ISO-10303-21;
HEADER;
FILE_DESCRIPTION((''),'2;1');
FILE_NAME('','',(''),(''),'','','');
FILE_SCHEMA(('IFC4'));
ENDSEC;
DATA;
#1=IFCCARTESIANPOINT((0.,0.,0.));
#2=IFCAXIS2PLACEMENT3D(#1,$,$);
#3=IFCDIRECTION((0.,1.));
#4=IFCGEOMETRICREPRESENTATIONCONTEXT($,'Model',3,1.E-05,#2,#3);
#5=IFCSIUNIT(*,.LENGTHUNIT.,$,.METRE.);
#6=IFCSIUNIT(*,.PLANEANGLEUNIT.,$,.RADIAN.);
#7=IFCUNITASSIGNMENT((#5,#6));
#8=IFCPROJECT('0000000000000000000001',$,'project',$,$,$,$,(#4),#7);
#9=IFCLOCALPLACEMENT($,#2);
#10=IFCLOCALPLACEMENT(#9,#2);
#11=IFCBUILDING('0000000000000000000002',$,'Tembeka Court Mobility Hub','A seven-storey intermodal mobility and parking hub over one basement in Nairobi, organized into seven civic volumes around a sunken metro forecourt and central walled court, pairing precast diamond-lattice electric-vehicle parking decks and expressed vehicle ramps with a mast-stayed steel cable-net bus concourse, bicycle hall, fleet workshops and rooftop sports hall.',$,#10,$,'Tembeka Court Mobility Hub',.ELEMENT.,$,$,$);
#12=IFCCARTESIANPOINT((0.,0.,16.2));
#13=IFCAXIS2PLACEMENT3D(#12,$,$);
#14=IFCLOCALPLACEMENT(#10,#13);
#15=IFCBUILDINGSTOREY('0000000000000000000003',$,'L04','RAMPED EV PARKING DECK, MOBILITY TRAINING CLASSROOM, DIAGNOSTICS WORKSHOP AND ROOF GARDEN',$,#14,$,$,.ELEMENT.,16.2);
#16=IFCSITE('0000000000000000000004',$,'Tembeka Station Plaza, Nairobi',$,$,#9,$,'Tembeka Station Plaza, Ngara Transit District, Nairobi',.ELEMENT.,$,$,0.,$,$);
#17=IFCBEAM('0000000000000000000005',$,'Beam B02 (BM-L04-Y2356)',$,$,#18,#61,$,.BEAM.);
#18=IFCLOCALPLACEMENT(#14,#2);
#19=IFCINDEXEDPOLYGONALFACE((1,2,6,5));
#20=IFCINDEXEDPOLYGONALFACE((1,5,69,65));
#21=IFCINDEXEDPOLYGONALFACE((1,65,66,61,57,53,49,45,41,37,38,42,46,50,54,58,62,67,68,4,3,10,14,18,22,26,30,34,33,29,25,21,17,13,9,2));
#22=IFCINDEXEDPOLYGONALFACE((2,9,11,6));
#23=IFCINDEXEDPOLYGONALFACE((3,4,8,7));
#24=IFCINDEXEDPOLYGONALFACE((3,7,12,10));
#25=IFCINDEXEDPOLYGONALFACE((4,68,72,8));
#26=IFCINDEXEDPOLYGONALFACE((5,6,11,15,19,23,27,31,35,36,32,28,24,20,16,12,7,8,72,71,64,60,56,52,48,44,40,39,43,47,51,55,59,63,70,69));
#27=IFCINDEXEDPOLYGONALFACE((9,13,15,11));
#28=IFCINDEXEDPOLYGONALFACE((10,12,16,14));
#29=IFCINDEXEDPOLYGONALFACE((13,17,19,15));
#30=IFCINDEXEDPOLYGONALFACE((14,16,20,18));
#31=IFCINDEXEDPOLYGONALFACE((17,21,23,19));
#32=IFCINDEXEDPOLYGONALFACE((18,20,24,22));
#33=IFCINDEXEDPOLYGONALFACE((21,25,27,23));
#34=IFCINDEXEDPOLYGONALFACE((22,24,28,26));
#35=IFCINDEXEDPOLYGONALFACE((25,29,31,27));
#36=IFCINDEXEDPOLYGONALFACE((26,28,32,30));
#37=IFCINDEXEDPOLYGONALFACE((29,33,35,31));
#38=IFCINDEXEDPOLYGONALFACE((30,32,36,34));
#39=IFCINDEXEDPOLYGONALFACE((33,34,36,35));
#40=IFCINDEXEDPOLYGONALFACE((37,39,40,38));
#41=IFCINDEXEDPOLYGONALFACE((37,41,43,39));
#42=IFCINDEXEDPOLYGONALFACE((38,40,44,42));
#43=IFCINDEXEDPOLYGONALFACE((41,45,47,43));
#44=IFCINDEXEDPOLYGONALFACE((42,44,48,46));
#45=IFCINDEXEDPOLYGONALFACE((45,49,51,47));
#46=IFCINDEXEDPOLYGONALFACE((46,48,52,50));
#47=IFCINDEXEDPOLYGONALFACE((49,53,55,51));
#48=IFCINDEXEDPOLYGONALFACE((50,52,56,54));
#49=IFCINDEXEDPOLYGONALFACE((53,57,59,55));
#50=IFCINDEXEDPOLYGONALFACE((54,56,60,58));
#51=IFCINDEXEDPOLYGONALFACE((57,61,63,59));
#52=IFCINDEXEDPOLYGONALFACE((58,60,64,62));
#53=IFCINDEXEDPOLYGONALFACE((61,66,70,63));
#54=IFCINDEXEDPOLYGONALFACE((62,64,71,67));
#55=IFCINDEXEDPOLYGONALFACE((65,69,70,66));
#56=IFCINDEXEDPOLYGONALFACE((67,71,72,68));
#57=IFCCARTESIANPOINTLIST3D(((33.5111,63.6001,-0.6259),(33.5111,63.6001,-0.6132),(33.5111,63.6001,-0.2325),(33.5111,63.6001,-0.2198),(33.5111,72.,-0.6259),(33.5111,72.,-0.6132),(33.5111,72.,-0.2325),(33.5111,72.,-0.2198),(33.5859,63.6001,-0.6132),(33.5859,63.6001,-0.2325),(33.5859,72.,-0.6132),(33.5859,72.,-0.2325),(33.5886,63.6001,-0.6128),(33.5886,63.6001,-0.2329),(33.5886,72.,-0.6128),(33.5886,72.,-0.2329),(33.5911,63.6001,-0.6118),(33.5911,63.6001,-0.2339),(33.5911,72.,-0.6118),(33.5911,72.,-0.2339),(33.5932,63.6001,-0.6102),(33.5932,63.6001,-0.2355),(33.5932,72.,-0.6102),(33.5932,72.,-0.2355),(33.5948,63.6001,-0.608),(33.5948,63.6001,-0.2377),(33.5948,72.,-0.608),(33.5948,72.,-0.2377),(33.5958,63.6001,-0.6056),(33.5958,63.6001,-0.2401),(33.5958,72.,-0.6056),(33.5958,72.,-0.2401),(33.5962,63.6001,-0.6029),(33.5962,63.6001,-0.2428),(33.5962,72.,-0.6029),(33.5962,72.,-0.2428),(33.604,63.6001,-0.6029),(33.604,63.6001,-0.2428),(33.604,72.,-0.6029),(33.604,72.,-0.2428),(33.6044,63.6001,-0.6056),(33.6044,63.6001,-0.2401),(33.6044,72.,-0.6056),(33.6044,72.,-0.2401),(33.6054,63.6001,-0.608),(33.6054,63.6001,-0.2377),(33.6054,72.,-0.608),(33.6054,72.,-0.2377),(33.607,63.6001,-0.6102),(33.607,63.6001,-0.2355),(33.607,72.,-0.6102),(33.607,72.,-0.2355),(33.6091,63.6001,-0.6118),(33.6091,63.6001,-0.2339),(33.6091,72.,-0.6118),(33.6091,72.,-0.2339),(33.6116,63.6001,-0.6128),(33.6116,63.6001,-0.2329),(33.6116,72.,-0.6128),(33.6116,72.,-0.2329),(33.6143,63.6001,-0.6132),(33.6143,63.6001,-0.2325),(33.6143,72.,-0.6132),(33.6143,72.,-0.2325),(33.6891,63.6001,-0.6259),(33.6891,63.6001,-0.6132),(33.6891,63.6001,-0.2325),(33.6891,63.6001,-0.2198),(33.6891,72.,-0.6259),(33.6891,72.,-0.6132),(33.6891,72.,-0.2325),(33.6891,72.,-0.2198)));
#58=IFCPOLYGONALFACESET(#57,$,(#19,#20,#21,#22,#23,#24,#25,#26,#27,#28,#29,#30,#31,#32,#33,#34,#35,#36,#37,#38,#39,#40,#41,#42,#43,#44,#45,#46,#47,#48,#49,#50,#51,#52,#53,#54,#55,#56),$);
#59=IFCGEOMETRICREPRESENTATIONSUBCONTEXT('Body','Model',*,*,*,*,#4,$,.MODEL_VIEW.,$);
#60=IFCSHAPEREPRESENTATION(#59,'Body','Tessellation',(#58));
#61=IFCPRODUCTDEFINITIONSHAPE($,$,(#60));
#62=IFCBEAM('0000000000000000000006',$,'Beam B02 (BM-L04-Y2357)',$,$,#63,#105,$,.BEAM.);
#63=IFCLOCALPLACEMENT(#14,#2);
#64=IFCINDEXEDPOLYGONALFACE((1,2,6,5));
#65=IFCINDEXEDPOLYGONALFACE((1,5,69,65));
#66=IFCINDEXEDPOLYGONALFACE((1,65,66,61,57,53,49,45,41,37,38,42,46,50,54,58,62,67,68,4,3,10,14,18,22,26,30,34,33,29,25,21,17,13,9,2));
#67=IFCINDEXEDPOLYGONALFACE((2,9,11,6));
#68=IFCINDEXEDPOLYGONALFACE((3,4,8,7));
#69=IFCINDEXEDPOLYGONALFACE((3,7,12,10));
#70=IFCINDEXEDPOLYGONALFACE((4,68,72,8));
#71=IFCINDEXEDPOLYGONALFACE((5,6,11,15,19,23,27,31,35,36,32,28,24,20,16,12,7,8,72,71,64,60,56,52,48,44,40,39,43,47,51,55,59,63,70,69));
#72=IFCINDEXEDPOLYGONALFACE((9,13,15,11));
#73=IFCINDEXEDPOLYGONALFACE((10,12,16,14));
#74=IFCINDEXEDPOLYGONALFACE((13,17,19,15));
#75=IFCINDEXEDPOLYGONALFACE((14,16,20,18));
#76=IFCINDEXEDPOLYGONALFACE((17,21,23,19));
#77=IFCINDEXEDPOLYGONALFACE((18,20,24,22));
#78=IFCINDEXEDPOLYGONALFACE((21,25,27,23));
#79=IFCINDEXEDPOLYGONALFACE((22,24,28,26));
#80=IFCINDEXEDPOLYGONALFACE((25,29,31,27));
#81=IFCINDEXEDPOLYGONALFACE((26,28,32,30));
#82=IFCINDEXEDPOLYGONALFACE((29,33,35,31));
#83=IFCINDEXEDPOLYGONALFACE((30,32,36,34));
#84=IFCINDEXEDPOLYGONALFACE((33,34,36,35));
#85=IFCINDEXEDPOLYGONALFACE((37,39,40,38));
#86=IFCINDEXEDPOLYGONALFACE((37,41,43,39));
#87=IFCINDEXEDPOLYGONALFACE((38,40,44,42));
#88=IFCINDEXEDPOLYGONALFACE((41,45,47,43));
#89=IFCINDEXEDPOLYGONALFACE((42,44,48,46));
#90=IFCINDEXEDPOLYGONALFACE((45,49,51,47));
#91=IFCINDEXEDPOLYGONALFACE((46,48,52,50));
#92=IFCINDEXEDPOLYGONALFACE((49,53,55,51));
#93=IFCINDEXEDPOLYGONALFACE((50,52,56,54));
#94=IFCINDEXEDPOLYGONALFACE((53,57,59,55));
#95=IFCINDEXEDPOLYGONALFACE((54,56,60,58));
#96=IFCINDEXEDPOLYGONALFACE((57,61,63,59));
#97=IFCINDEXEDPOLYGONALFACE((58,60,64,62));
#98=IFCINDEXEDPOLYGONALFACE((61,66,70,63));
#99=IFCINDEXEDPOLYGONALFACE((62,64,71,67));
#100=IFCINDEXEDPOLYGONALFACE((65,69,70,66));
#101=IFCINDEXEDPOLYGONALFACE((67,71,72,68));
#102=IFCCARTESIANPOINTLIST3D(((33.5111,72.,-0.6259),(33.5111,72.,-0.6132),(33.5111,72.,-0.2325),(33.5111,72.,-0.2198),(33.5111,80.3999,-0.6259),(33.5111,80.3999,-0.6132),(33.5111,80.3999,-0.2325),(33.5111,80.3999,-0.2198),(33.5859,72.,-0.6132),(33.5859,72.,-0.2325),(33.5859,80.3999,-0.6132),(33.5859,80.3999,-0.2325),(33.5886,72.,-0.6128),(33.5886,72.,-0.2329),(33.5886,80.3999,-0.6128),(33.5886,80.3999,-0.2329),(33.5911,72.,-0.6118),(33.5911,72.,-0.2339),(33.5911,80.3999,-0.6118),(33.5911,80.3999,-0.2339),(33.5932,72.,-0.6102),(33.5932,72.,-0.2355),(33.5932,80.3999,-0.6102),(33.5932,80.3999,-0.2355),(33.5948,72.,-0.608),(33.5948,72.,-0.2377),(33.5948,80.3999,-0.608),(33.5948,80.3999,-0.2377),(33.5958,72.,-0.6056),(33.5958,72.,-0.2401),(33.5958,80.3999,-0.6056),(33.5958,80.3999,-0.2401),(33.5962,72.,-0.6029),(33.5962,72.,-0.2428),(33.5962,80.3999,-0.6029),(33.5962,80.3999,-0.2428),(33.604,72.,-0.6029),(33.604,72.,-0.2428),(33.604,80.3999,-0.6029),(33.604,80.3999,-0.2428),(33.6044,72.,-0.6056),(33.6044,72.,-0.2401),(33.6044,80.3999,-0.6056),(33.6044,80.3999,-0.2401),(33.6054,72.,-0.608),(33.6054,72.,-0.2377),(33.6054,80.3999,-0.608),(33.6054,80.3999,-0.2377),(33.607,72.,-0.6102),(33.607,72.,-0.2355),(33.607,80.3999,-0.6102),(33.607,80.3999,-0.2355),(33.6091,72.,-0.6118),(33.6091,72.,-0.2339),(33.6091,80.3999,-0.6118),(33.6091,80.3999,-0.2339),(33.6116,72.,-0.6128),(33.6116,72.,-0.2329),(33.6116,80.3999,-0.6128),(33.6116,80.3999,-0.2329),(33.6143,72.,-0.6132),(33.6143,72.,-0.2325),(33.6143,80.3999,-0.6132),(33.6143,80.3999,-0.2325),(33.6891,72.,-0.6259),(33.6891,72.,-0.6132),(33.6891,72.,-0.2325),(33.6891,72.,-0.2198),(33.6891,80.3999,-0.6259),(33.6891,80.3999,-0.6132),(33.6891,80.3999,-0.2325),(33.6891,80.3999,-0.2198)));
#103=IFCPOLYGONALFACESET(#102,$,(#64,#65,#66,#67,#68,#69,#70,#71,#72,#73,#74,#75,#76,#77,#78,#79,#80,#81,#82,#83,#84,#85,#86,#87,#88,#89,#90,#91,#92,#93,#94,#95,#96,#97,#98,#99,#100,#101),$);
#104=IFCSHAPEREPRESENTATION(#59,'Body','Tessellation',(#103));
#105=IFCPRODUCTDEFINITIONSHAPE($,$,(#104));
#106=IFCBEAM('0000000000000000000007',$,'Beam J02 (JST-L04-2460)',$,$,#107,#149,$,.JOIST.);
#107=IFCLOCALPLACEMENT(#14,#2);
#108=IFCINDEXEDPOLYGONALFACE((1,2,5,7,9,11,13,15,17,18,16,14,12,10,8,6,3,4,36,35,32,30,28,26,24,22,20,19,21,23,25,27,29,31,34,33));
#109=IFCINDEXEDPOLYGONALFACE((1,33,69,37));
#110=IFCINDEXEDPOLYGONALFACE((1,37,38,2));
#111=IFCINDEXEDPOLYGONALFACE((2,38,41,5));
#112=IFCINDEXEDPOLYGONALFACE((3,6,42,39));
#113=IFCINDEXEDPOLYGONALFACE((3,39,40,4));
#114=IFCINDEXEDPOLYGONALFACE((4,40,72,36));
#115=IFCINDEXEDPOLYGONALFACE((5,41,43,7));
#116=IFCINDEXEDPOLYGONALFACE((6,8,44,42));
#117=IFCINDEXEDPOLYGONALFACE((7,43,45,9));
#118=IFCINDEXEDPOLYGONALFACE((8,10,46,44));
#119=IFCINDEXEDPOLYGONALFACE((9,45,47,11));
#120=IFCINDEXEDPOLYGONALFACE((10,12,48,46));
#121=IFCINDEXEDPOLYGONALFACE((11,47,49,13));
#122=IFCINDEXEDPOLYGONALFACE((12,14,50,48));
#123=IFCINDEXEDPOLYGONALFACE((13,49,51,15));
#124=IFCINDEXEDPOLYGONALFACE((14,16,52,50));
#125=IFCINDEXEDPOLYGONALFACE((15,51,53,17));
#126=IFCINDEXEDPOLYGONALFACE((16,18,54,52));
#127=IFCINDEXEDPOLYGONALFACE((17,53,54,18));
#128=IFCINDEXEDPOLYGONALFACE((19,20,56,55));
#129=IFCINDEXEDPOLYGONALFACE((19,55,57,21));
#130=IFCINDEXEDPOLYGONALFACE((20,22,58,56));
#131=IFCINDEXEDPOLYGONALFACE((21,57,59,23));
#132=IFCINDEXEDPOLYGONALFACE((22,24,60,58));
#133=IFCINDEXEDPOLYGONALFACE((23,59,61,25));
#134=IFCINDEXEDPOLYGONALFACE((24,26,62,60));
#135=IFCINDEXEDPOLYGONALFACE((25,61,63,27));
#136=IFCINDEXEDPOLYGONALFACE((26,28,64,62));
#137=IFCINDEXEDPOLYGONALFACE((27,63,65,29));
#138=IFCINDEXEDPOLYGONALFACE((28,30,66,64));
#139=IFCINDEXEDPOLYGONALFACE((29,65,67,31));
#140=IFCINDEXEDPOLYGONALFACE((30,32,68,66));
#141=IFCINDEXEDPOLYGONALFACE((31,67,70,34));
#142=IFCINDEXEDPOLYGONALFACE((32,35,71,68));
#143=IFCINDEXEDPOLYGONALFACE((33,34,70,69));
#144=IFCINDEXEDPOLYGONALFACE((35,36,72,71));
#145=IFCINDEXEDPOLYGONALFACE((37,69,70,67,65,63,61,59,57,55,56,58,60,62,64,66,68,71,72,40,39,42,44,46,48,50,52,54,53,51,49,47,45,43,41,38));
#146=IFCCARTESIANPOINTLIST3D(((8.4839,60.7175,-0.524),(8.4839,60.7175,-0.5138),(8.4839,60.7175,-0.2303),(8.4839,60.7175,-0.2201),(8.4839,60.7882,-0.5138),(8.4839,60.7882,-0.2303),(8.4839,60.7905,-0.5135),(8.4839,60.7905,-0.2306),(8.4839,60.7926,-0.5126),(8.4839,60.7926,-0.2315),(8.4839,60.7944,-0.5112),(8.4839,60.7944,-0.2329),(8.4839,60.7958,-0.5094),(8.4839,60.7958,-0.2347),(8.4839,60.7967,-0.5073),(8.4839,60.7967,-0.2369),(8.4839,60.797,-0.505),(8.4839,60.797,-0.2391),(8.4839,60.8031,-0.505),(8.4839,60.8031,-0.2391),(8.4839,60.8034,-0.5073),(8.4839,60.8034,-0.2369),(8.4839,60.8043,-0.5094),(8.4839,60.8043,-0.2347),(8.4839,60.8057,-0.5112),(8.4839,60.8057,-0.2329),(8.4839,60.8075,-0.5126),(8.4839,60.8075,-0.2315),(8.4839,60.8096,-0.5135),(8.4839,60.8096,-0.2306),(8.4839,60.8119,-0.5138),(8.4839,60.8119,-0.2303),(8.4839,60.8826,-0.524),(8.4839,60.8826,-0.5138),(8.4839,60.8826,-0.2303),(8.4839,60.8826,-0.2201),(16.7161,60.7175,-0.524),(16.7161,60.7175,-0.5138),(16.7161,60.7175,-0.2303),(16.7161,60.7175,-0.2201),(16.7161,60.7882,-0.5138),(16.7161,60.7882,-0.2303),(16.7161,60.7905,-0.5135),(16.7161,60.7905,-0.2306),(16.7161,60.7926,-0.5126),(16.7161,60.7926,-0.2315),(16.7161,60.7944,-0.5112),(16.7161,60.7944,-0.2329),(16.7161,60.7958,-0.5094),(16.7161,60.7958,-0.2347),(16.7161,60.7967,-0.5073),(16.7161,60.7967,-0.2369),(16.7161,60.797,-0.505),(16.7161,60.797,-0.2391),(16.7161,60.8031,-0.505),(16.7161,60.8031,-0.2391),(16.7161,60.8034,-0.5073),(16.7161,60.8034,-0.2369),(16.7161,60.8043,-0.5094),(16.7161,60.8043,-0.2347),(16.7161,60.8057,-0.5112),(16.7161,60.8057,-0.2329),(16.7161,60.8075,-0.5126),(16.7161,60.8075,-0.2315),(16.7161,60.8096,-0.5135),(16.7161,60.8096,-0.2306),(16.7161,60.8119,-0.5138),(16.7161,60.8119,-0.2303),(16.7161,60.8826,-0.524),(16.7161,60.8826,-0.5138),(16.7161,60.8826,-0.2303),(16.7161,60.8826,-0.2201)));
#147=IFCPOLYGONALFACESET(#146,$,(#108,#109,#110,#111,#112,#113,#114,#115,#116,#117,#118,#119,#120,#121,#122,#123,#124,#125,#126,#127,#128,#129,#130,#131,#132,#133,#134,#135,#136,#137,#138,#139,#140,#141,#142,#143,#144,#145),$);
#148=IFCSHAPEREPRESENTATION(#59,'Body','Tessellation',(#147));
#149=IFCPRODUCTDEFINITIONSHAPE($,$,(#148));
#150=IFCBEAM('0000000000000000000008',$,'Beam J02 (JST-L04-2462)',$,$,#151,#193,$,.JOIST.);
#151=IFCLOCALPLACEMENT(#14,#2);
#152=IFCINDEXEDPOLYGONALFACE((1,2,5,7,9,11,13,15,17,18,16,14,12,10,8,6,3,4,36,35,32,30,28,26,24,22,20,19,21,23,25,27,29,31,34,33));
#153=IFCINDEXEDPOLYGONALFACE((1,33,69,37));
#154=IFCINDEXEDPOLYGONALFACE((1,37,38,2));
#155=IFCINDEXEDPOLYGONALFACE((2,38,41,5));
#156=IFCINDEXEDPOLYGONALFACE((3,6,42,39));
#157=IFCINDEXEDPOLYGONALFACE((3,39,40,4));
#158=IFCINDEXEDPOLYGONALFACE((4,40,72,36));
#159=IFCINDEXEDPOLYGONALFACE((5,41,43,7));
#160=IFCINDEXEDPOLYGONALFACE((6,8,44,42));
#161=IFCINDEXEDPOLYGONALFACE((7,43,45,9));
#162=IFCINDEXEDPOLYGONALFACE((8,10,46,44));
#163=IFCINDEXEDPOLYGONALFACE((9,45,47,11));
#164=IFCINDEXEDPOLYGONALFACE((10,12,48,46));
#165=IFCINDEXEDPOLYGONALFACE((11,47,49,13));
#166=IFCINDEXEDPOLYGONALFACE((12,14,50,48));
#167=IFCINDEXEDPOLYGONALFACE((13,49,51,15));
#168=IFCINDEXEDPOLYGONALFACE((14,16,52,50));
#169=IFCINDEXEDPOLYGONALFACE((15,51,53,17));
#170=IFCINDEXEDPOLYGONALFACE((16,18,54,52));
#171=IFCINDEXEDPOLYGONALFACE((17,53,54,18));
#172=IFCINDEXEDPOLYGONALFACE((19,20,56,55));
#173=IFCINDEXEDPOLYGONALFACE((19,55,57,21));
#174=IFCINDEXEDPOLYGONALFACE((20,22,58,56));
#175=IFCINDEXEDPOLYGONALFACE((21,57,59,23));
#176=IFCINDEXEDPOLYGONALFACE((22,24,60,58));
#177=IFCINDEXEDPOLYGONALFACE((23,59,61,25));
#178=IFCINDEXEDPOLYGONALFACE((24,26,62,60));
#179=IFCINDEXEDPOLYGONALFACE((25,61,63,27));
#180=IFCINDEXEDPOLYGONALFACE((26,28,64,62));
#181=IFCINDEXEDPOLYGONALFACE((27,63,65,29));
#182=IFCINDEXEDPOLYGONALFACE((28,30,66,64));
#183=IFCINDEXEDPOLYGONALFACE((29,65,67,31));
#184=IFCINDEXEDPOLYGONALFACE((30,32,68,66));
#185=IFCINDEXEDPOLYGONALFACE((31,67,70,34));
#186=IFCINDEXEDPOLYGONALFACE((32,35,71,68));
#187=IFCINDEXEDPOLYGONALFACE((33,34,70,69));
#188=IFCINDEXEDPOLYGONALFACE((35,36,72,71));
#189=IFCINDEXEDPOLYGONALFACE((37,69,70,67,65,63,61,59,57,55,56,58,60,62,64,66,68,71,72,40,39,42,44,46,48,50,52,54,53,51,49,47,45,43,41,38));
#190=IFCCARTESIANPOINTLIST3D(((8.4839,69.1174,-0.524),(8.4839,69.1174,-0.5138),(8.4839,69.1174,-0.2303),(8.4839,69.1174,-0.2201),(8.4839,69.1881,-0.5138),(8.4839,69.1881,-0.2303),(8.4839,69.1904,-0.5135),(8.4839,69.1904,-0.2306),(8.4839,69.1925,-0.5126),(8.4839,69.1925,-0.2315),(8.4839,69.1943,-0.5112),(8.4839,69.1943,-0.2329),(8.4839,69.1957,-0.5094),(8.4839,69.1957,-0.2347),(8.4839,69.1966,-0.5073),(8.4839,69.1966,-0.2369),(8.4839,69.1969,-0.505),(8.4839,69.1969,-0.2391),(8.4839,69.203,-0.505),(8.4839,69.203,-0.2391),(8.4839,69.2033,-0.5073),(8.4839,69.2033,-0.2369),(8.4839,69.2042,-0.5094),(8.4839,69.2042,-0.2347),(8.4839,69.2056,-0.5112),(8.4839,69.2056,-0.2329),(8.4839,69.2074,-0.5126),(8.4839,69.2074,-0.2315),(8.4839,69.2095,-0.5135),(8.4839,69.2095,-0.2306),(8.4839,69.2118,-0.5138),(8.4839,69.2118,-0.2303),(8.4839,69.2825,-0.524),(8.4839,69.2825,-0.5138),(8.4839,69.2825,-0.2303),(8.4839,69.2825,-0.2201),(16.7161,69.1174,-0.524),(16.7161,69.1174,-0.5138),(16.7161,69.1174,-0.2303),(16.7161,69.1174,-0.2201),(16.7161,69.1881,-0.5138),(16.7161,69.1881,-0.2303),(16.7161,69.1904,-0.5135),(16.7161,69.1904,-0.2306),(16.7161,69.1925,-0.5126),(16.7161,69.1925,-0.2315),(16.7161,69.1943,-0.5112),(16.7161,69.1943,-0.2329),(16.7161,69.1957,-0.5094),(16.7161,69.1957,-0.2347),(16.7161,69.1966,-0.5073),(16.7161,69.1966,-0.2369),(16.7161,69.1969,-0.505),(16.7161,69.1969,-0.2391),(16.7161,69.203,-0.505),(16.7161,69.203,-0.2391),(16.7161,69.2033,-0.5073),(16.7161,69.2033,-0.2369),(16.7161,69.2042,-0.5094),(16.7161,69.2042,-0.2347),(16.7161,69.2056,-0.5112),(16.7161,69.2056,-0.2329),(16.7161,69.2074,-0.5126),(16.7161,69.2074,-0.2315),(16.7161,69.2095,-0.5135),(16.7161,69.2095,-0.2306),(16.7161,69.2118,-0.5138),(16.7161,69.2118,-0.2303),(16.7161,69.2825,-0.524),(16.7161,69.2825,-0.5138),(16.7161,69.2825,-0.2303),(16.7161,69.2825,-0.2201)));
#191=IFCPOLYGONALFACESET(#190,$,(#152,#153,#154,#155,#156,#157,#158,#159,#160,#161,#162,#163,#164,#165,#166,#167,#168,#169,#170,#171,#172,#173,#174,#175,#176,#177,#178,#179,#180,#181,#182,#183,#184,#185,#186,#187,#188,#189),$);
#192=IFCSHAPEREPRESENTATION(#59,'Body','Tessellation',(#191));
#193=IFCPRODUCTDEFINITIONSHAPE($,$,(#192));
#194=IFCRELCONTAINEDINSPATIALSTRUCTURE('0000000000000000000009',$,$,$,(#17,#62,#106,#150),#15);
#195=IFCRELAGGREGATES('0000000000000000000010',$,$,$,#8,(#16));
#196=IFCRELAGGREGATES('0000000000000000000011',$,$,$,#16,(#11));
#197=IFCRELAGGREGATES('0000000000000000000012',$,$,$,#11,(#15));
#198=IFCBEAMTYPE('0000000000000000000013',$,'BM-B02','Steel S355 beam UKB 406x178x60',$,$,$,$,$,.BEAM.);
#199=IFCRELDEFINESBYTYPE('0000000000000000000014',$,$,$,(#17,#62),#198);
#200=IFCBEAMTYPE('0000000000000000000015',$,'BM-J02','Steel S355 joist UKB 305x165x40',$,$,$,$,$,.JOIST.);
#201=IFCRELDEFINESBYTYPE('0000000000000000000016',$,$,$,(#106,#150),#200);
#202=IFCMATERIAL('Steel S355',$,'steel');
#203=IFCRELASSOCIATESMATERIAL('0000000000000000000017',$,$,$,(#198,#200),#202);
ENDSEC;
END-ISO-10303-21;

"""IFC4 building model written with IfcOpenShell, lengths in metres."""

from ifc_helpers import new_model, si_unit, direction, frame, origin, origin_2d, place, context, subcontext, project, spatial, i_section, extrude, material, material_profile, profile_set, type_object, element, save


model = new_model("IFC4")

# Units and contexts
model_context = context("Model", 3, precision=1e-05, world=origin(), true_north=direction((0.0, 1.0)))
body_context = subcontext(model_context, "Body", "Model", "MODEL_VIEW")
ifc_project = project(units=[si_unit("LENGTHUNIT", "METRE"), si_unit("PLANEANGLEUNIT", "RADIAN")], contexts=[model_context])

# Site, building, storey
site_placement = place(None, origin())
site = spatial("IfcSite", under=ifc_project, at=site_placement, Name="Tembeka Station Plaza, Nairobi", LongName="Tembeka Station Plaza, Ngara Transit District, Nairobi", CompositionType="ELEMENT", RefElevation=0.0)
building_placement = place(site_placement, origin())
building = spatial("IfcBuilding", under=site, at=building_placement, Name="Tembeka Court Mobility Hub", Description="A seven-storey intermodal mobility and parking hub over one basement in Nairobi, organized into seven civic volumes around a sunken metro forecourt and central walled court, pairing precast diamond-lattice electric-vehicle parking decks and expressed vehicle ramps with a mast-stayed steel cable-net bus concourse, bicycle hall, fleet workshops and rooftop sports hall.", LongName="Tembeka Court Mobility Hub", CompositionType="ELEMENT")
storey_placement = place(building_placement, frame((0.0, 0.0, 16.2)))
storey = spatial("IfcBuildingStorey", under=building, at=storey_placement, Name="L04", Description="RAMPED EV PARKING DECK, MOBILITY TRAINING CLASSROOM, DIAGNOSTICS WORKSHOP AND ROOF GARDEN", CompositionType="ELEMENT", Elevation=16.2)

# Shared definitions
ifc_material_1 = material(Name="Steel S355", Category="steel")

# Beams
ifc_material_profile_1 = material_profile(ifc_material_1, i_section(OverallWidth=0.178, OverallDepth=0.406, WebThickness=0.0078, FlangeThickness=0.0127, FilletRadius=0.0103, at=origin_2d()), Name="UKB 406x178x60")
ifc_profile_set_1 = profile_set([ifc_material_profile_1], Name="Steel S355")
beam_type_1 = type_object("IfcBeamType", Name="BM-B02", Description="Steel S355 beam UKB 406x178x60", PredefinedType="BEAM", material=ifc_profile_set_1)
for number, where, z_axis, x_axis, name in (
    (1, (33.6001, 63.6001, -0.4229), (0.0, 1.0, 0.0), (-1.0, 0.0, 0.0), "Beam B02 (BM-L04-Y2356)"),
    (2, (33.6001, 72.0, -0.4229), (0.0, 1.0, 0.0), (-1.0, 0.0, 0.0), "Beam B02 (BM-L04-Y2357)"),
):
    element("IfcBeam", number, at=place(storey_placement, frame(where, z_axis=z_axis, x_axis=x_axis)), inside=storey, type_object=beam_type_1, Name=name, PredefinedType="BEAM", context=body_context, shape_type="SweptSolid", body=[
        extrude(i_section(OverallWidth=0.178, OverallDepth=0.406, WebThickness=0.0078, FlangeThickness=0.0127, FilletRadius=0.0103, at=origin_2d()), origin(), (0.0, 0.0, 1.0), 8.3999),
    ])
ifc_material_profile_2 = material_profile(ifc_material_1, i_section(OverallWidth=0.165, OverallDepth=0.304, WebThickness=0.0061, FlangeThickness=0.0103, FilletRadius=0.0088, at=origin_2d()), Name="UKB 305x165x40")
ifc_profile_set_2 = profile_set([ifc_material_profile_2], Name="Steel S355")
beam_type_2 = type_object("IfcBeamType", Name="BM-J02", Description="Steel S355 joist UKB 305x165x40", PredefinedType="JOIST", material=ifc_profile_set_2)
for number, where, z_axis, x_axis, name in (
    (3, (8.4839, 60.8, -0.3721), (1.0, 0.0, 0.0), (0.0, 1.0, 0.0), "Beam J02 (JST-L04-2460)"),
    (4, (8.4839, 69.2, -0.3721), (1.0, 0.0, 0.0), (0.0, 1.0, 0.0), "Beam J02 (JST-L04-2462)"),
):
    element("IfcBeam", number, at=place(storey_placement, frame(where, z_axis=z_axis, x_axis=x_axis)), inside=storey, type_object=beam_type_2, Name=name, PredefinedType="JOIST", context=body_context, shape_type="SweptSolid", body=[
        extrude(i_section(OverallWidth=0.165, OverallDepth=0.304, WebThickness=0.0061, FlangeThickness=0.0103, FilletRadius=0.0088, at=origin_2d()), origin(), (0.0, 0.0, 1.0), 8.2322),
    ])

save(model, "model.ifc")
